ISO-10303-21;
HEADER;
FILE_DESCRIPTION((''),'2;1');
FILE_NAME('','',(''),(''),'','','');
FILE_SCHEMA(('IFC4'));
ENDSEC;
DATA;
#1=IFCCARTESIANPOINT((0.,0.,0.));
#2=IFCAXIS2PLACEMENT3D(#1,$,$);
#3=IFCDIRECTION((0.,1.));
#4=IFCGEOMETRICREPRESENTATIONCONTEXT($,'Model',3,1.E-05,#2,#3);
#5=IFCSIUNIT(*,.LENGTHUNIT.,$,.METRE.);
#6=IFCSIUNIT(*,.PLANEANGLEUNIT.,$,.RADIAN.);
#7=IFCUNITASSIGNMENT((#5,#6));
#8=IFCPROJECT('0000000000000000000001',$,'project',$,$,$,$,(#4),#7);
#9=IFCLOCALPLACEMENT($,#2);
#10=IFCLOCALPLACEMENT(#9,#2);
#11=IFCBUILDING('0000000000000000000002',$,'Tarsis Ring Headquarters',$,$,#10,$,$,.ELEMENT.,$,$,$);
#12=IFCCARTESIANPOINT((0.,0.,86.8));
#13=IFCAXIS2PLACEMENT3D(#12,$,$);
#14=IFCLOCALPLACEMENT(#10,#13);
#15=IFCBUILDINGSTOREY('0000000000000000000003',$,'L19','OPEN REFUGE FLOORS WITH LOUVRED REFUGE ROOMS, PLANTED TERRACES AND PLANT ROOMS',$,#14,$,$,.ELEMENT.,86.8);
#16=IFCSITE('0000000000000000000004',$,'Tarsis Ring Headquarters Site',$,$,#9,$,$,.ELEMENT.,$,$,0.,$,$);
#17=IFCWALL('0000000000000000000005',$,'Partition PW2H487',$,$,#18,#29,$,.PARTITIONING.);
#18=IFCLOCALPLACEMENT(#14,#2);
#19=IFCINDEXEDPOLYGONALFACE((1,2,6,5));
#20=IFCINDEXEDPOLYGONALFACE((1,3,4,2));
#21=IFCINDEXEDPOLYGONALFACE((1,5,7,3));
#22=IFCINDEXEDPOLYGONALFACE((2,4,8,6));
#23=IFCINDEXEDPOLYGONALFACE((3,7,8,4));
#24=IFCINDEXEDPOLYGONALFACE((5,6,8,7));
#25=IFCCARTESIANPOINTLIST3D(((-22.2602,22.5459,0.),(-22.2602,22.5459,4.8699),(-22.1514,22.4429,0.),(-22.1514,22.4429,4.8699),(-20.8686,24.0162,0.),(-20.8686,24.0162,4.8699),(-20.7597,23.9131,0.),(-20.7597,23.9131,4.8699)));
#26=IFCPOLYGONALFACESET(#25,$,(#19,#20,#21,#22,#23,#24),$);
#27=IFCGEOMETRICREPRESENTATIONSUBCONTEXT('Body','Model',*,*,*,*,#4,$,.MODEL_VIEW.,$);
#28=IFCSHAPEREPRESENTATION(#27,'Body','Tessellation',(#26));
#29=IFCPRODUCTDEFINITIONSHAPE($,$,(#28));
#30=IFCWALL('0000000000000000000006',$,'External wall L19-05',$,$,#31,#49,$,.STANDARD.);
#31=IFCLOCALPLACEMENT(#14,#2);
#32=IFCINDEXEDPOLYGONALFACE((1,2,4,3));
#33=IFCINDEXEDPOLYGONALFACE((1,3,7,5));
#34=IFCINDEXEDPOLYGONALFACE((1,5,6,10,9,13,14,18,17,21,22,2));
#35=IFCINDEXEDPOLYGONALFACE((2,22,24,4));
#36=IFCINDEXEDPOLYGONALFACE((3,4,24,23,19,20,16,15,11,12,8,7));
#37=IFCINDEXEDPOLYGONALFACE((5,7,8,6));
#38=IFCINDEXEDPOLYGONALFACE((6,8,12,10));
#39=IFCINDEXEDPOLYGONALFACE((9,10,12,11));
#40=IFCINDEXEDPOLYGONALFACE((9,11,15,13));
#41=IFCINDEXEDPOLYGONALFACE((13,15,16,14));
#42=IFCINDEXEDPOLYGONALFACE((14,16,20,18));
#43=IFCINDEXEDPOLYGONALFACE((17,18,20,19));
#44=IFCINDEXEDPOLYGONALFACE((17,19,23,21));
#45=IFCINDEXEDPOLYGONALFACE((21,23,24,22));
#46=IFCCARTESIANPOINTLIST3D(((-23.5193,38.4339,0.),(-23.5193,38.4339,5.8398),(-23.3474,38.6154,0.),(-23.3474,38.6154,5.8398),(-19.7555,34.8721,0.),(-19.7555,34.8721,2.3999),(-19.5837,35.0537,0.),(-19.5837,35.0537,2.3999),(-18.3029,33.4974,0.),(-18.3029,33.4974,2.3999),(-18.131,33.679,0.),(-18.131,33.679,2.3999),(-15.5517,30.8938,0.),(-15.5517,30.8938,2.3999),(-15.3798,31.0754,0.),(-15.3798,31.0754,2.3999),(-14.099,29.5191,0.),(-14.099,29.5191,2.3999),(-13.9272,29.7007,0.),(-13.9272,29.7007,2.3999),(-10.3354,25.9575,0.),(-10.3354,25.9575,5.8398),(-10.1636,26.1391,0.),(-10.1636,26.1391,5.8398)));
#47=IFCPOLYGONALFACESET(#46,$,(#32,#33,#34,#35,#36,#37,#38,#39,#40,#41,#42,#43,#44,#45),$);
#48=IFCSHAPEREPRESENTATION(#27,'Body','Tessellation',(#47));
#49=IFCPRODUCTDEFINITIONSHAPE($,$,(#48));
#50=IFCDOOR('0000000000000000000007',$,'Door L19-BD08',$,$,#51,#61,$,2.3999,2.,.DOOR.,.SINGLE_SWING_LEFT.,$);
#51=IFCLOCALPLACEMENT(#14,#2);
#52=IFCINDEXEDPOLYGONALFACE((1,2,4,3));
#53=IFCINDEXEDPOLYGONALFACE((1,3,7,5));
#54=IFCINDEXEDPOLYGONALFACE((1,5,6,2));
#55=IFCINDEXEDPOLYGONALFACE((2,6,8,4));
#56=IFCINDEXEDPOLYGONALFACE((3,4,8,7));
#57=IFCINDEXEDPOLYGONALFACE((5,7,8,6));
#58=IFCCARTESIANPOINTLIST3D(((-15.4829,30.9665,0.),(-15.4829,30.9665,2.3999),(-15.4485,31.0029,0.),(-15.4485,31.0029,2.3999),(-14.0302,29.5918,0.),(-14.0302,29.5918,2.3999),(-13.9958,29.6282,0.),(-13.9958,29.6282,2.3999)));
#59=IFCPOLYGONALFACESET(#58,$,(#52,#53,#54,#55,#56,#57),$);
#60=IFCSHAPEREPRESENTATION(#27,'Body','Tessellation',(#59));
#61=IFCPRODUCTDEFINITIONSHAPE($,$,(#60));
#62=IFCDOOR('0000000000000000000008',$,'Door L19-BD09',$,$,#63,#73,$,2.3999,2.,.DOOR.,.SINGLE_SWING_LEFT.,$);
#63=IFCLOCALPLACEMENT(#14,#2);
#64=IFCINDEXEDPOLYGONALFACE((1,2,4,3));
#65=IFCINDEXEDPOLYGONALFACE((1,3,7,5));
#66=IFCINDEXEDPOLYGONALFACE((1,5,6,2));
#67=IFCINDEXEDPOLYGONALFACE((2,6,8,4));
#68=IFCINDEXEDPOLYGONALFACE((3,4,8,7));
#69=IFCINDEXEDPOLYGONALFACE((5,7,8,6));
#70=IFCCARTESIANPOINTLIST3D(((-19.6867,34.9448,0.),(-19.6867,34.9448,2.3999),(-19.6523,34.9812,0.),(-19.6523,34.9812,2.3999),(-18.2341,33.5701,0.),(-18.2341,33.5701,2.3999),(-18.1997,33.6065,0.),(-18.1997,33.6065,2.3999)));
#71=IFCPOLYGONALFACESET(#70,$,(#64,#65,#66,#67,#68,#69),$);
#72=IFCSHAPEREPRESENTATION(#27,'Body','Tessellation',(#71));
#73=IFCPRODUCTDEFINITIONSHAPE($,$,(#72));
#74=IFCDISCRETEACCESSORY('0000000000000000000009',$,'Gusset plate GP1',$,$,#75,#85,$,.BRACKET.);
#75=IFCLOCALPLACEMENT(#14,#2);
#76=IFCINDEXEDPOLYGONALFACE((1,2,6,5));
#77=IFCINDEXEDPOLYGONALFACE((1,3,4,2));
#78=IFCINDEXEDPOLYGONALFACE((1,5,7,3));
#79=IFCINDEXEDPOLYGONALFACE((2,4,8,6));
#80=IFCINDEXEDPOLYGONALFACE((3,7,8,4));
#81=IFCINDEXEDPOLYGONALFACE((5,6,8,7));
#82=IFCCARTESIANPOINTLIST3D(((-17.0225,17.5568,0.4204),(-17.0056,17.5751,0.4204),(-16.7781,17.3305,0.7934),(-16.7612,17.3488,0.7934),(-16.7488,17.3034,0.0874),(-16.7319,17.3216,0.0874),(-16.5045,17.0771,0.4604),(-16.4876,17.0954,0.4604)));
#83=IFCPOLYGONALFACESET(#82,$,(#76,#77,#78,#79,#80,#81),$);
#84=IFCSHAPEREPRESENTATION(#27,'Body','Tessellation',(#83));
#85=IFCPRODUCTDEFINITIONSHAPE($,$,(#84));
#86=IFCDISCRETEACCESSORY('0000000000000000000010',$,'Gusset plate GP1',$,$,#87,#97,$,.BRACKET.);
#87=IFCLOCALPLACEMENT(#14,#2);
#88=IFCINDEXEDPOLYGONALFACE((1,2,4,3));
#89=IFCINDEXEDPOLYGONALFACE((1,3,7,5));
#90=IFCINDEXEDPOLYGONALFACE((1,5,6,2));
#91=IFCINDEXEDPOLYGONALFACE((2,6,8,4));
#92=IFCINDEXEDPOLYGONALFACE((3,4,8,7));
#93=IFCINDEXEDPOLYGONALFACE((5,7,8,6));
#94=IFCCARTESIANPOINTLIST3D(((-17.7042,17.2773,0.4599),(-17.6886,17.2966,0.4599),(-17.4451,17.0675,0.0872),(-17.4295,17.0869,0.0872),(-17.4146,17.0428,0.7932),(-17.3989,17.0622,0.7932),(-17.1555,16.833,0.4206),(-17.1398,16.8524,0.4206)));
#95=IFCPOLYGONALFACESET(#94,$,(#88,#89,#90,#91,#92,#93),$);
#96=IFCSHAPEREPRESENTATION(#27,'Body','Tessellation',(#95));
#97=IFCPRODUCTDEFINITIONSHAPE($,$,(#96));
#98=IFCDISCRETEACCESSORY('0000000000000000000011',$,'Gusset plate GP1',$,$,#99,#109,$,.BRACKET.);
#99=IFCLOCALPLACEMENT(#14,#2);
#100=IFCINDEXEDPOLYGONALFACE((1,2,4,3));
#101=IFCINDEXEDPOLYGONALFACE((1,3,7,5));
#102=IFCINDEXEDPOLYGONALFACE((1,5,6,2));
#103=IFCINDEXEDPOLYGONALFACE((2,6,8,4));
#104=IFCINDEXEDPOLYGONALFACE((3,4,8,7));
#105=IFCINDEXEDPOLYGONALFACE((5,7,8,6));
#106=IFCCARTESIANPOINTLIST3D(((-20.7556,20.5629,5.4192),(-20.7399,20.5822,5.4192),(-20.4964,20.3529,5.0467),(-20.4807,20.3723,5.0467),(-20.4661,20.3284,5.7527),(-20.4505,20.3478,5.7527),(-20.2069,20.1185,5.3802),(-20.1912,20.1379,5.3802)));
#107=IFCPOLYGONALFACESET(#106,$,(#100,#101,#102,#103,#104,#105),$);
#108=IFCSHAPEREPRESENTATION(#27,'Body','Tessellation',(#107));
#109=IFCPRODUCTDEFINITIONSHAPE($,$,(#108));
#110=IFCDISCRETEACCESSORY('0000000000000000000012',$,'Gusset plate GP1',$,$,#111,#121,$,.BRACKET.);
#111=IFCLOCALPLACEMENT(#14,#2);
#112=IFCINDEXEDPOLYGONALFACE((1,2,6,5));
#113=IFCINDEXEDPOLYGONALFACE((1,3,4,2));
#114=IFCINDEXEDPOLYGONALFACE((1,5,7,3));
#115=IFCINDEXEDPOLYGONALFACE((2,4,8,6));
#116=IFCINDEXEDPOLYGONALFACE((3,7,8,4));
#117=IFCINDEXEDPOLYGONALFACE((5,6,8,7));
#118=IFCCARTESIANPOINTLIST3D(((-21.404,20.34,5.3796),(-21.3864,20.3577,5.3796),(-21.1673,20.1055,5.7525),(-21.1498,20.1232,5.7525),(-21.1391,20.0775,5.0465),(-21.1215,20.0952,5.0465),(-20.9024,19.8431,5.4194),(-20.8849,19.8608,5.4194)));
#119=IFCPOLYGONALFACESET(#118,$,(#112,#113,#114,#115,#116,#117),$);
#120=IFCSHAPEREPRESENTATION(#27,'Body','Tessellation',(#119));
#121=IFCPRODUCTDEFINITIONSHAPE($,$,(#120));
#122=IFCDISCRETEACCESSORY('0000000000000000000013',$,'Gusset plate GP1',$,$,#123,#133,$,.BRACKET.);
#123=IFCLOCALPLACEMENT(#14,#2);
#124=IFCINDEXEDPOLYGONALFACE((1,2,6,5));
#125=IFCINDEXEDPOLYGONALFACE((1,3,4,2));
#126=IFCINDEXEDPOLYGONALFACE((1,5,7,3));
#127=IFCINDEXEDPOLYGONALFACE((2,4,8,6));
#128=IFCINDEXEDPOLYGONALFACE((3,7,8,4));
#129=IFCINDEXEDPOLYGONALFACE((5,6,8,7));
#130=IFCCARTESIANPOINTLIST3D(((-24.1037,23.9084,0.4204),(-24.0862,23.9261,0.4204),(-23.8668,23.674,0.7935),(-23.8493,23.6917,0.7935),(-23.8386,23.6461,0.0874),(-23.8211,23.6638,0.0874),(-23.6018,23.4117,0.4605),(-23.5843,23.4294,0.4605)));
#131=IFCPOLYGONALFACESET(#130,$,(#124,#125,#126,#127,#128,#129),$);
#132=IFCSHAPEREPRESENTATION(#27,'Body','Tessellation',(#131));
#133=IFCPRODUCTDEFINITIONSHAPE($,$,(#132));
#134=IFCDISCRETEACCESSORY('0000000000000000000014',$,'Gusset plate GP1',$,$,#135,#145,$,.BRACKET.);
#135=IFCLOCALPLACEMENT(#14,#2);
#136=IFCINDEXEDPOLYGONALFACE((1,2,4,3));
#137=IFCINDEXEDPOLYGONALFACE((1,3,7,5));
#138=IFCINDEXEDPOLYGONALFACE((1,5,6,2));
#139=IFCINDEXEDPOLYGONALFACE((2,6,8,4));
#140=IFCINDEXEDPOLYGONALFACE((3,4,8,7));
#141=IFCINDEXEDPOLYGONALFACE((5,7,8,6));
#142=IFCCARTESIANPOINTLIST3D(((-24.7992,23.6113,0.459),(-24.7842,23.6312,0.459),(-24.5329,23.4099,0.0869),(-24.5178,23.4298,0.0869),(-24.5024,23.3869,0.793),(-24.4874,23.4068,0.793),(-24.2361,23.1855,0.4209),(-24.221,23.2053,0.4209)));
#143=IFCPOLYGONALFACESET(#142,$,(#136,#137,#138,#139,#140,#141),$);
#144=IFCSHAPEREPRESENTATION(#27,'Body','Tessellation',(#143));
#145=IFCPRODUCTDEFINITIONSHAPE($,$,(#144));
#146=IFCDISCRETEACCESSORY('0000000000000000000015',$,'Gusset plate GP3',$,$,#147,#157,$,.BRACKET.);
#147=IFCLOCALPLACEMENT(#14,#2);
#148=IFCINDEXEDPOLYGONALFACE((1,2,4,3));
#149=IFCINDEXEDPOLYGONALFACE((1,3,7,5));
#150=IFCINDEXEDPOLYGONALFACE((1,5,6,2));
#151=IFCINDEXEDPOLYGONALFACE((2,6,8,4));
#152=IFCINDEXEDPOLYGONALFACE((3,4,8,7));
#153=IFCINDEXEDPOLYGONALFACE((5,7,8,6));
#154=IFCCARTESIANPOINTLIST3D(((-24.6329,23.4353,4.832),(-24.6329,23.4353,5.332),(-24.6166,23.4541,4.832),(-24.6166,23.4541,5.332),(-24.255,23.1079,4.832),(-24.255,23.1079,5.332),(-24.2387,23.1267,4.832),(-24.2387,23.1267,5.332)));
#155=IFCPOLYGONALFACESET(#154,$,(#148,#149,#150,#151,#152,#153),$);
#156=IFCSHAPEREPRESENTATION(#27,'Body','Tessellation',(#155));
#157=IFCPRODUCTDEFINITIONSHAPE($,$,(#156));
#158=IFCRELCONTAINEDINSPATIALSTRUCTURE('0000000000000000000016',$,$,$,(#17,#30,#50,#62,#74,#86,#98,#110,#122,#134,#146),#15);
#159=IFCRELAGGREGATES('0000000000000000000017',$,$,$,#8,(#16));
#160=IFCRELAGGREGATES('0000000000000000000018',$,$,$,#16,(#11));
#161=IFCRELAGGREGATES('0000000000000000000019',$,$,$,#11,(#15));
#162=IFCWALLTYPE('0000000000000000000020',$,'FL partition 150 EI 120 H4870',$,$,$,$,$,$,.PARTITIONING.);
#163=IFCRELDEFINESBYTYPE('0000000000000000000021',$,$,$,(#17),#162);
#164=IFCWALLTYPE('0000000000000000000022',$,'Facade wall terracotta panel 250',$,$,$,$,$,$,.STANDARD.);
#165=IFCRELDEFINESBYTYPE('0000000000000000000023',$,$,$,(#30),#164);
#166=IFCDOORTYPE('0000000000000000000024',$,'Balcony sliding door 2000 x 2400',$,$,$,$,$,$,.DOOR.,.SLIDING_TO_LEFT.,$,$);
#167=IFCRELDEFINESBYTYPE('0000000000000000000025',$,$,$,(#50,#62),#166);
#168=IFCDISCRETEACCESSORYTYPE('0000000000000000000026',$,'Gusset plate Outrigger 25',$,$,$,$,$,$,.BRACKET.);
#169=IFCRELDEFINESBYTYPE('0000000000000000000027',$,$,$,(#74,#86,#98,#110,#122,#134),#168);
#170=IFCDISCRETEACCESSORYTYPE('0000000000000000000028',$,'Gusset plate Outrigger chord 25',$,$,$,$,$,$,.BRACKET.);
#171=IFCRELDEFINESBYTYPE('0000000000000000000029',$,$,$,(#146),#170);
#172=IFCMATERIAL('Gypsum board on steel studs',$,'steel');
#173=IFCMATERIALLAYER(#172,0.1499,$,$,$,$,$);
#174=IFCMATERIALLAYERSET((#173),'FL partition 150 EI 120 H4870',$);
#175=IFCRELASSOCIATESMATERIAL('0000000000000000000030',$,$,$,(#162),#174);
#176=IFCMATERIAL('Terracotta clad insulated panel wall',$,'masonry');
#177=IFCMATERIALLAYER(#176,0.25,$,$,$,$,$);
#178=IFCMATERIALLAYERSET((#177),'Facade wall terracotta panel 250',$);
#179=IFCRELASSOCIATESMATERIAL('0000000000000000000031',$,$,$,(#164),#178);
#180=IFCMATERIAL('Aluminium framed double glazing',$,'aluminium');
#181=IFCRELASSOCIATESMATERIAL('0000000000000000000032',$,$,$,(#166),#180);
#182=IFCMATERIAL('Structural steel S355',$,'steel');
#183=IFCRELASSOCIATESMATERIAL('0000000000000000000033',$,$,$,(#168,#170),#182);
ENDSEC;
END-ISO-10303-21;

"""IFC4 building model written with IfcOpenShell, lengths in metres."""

from ifc_helpers import new_model, si_unit, direction, frame, frame_2d, origin, origin_2d, place, context, subcontext, project, spatial, rectangle, extrude, material, layer, layer_set, material_profile, profile_set, type_object, element, fill, save


model = new_model("IFC4")

# Units and contexts
model_context = context("Model", 3, precision=1e-05, world=origin(), true_north=direction((0.0, 1.0)))
body_context = subcontext(model_context, "Body", "Model", "MODEL_VIEW")
ifc_project = project(units=[si_unit("LENGTHUNIT", "METRE"), si_unit("PLANEANGLEUNIT", "RADIAN")], contexts=[model_context])

# Site, building, storey
site_placement = place(None, origin())
site = spatial("IfcSite", under=ifc_project, at=site_placement, Name="Tarsis Ring Headquarters Site", CompositionType="ELEMENT", RefElevation=0.0)
building_placement = place(site_placement, origin())
building = spatial("IfcBuilding", under=site, at=building_placement, Name="Tarsis Ring Headquarters", CompositionType="ELEMENT")
storey_placement = place(building_placement, frame((0.0, 0.0, 86.8)))
storey = spatial("IfcBuildingStorey", under=building, at=storey_placement, Name="L19", Description="OPEN REFUGE FLOORS WITH LOUVRED REFUGE ROOMS, PLANTED TERRACES AND PLANT ROOMS", CompositionType="ELEMENT", Elevation=86.8)

# Shared definitions
ifc_material_1 = material(Name="Structural steel S355", Category="steel")

# Wall
ifc_material_2 = material(Name="Gypsum board on steel studs", Category="steel")
ifc_layer_1 = layer(ifc_material_2, 0.1499)
ifc_layer_set_1 = layer_set([ifc_layer_1], Name="FL partition 150 EI 120 H4870")
wall_type_1 = type_object("IfcWallType", Name="FL partition 150 EI 120 H4870", PredefinedType="PARTITIONING", material=ifc_layer_set_1)
wall_1_placement = place(storey_placement, frame((-22.2058, 22.4944, 0.0), z_axis=(0.0, 0.0, 1.0), x_axis=(0.687423, 0.726257, 0.0)))
element("IfcWall", 1, at=wall_1_placement, inside=storey, type_object=wall_type_1, Name="Partition PW2H487", PredefinedType="PARTITIONING", context=body_context, shape_type="SweptSolid", body=[
    extrude(rectangle(XDim=2.0244, YDim=0.1499, at=frame_2d((1.0122, 0.0))), origin(), (0.0, 0.0, 1.0), 4.8699),
])

# Wall, openings, doors
ifc_material_3 = material(Name="Terracotta clad insulated panel wall", Category="masonry")
ifc_layer_2 = layer(ifc_material_3, 0.25)
ifc_layer_set_2 = layer_set([ifc_layer_2], Name="Facade wall terracotta panel 250")
wall_type_2 = type_object("IfcWallType", Name="Facade wall terracotta panel 250", PredefinedType="STANDARD", material=ifc_layer_set_2)
wall_2_placement = place(storey_placement, frame((-10.2495, 26.0483, 0.0), z_axis=(0.0, 0.0, 1.0), x_axis=(-0.726328, 0.687349, 0.0)))
wall_2 = element("IfcWall", 2, at=wall_2_placement, inside=storey, type_object=wall_type_2, Name="External wall L19-05", PredefinedType="STANDARD", context=body_context, shape_type="SweptSolid", body=[
    extrude(rectangle(XDim=18.1514, YDim=0.25, at=frame_2d((9.0757, 0.0))), origin(), (0.0, 0.0, 1.0), 5.8398),
])
opening_1_placement = place(wall_2_placement, frame((5.1816, 0.0, 0.0)))
opening_1 = element("IfcOpeningElement", 3, at=opening_1_placement, cuts=wall_2, PredefinedType="OPENING", context=body_context, shape_type="SweptSolid", body=[
    extrude(rectangle(XDim=2.0, YDim=2.3999, at=frame_2d((1.0, 1.2))), frame((0.0, 0.135, 0.0), z_axis=(0.0, -1.0, 0.0), x_axis=(1.0, 0.0, 0.0)), (0.0, 0.0, 1.0), 0.27),
])
opening_2_placement = place(wall_2_placement, frame((10.9695, 0.0, 0.0)))
opening_2 = element("IfcOpeningElement", 4, at=opening_2_placement, cuts=wall_2, PredefinedType="OPENING", context=body_context, shape_type="SweptSolid", body=[
    extrude(rectangle(XDim=2.0, YDim=2.3999, at=frame_2d((1.0, 1.2))), frame((0.0, 0.135, 0.0), z_axis=(0.0, -1.0, 0.0), x_axis=(1.0, 0.0, 0.0)), (0.0, 0.0, 1.0), 0.27),
])
ifc_material_4 = material(Name="Aluminium framed double glazing", Category="aluminium")
door_type = type_object("IfcDoorType", Name="Balcony sliding door 2000 x 2400", OperationType="SLIDING_TO_LEFT", PredefinedType="DOOR", material=ifc_material_4)
door_1_placement = place(opening_1_placement, origin())
door_1 = element("IfcDoor", 5, at=door_1_placement, inside=storey, type_object=door_type, Name="Door L19-BD08", OperationType="SINGLE_SWING_LEFT", OverallHeight=2.3999, OverallWidth=2.0, PredefinedType="DOOR", context=body_context, shape_type="SweptSolid", body=[
    extrude(rectangle(XDim=2.0, YDim=2.3999, at=frame_2d((1.0, 1.2))), frame((0.0, 0.0249, 0.0), z_axis=(0.0, -1.0, 0.0), x_axis=(1.0, 0.0, 0.0)), (0.0, 0.0, 1.0), 0.05),
])
fill(opening_1, door_1)
door_2_placement = place(opening_2_placement, origin())
door_2 = element("IfcDoor", 6, at=door_2_placement, inside=storey, type_object=door_type, Name="Door L19-BD09", OperationType="SINGLE_SWING_LEFT", OverallHeight=2.3999, OverallWidth=2.0, PredefinedType="DOOR", context=body_context, shape_type="SweptSolid", body=[
    extrude(rectangle(XDim=2.0, YDim=2.3999, at=frame_2d((1.0, 1.2))), frame((0.0, 0.0249, 0.0), z_axis=(0.0, -1.0, 0.0), x_axis=(1.0, 0.0, 0.0)), (0.0, 0.0, 1.0), 0.05),
])
fill(opening_2, door_2)

# Discrete accessories
ifc_material_profile_1 = material_profile(ifc_material_1, rectangle(XDim=0.0249, YDim=0.5, at=origin_2d()), Name="PL 25x500")
ifc_profile_set_1 = profile_set([ifc_material_profile_1], Name="Structural steel S355")
discrete_accessory_type_1 = type_object("IfcDiscreteAccessoryType", Name="Gusset plate Outrigger 25", PredefinedType="BRACKET", material=ifc_profile_set_1)
for number, where, z_axis, x_axis, name in (
    (7, (-16.8772, 17.4392, 0.2539), (0.488664, -0.452539, 0.745933), (0.679466, 0.733707, 0.0), "Gusset plate GP1"),
    (8, (-17.2925, 16.96, 0.2539), (-0.518192, 0.419535, 0.745297), (-0.62924, -0.777211, 0.0), "Gusset plate GP1"),
    (9, (-20.603, 20.4553, 5.5859), (0.518442, -0.419831, -0.744956), (0.629325, 0.777143, 0.0), "Gusset plate GP1"),
    (10, (-21.0261, 19.9832, 5.5859), (-0.473258, 0.468863, -0.745785), (-0.7038, -0.710398, 0.0), "Gusset plate GP1"),
):
    element("IfcDiscreteAccessory", number, at=place(storey_placement, frame(where, z_axis=z_axis, x_axis=x_axis)), inside=storey, type_object=discrete_accessory_type_1, Name=name, PredefinedType="BRACKET", context=body_context, shape_type="SweptSolid", body=[
        extrude(rectangle(XDim=0.0249, YDim=0.5, at=origin_2d()), origin(), (0.0, 0.0, 1.0), 0.5),
    ])
discrete_accessory_1_placement = place(storey_placement, frame((-23.9624, 23.7861, 0.2539), z_axis=(0.473465, -0.468584, 0.745829), x_axis=(0.703434, 0.710761, 0.0)))
element("IfcDiscreteAccessory", 11, at=discrete_accessory_1_placement, inside=storey, type_object=discrete_accessory_type_1, Name="Gusset plate GP1", PredefinedType="BRACKET", context=body_context, shape_type="SweptSolid", body=[
    extrude(rectangle(XDim=0.0249, YDim=0.5, at=origin_2d()), origin(), (0.0, 0.0, 1.0), 0.5002),
])
discrete_accessory_2_placement = place(storey_placement, frame((-24.377, 23.3076, 0.2539), z_axis=(-0.532767, 0.402872, 0.744214), x_axis=(-0.603154, -0.797625, 0.0)))
element("IfcDiscreteAccessory", 12, at=discrete_accessory_2_placement, inside=storey, type_object=discrete_accessory_type_1, Name="Gusset plate GP1", PredefinedType="BRACKET", context=body_context, shape_type="SweptSolid", body=[
    extrude(rectangle(XDim=0.0249, YDim=0.5, at=origin_2d()), origin(), (0.0, 0.0, 1.0), 0.5),
])
discrete_accessory_type_2 = type_object("IfcDiscreteAccessoryType", Name="Gusset plate Outrigger chord 25", PredefinedType="BRACKET", material=ifc_profile_set_1)
discrete_accessory_3_placement = place(storey_placement, frame((-24.4358, 23.281, 5.332), z_axis=(0.0, 0.0, -1.0), x_axis=(-0.654691, -0.755896, 0.0)))
element("IfcDiscreteAccessory", 13, at=discrete_accessory_3_placement, inside=storey, type_object=discrete_accessory_type_2, Name="Gusset plate GP3", PredefinedType="BRACKET", context=body_context, shape_type="SweptSolid", body=[
    extrude(rectangle(XDim=0.0249, YDim=0.5, at=origin_2d()), origin(), (0.0, 0.0, 1.0), 0.5),
])

save(model, "model.ifc")
